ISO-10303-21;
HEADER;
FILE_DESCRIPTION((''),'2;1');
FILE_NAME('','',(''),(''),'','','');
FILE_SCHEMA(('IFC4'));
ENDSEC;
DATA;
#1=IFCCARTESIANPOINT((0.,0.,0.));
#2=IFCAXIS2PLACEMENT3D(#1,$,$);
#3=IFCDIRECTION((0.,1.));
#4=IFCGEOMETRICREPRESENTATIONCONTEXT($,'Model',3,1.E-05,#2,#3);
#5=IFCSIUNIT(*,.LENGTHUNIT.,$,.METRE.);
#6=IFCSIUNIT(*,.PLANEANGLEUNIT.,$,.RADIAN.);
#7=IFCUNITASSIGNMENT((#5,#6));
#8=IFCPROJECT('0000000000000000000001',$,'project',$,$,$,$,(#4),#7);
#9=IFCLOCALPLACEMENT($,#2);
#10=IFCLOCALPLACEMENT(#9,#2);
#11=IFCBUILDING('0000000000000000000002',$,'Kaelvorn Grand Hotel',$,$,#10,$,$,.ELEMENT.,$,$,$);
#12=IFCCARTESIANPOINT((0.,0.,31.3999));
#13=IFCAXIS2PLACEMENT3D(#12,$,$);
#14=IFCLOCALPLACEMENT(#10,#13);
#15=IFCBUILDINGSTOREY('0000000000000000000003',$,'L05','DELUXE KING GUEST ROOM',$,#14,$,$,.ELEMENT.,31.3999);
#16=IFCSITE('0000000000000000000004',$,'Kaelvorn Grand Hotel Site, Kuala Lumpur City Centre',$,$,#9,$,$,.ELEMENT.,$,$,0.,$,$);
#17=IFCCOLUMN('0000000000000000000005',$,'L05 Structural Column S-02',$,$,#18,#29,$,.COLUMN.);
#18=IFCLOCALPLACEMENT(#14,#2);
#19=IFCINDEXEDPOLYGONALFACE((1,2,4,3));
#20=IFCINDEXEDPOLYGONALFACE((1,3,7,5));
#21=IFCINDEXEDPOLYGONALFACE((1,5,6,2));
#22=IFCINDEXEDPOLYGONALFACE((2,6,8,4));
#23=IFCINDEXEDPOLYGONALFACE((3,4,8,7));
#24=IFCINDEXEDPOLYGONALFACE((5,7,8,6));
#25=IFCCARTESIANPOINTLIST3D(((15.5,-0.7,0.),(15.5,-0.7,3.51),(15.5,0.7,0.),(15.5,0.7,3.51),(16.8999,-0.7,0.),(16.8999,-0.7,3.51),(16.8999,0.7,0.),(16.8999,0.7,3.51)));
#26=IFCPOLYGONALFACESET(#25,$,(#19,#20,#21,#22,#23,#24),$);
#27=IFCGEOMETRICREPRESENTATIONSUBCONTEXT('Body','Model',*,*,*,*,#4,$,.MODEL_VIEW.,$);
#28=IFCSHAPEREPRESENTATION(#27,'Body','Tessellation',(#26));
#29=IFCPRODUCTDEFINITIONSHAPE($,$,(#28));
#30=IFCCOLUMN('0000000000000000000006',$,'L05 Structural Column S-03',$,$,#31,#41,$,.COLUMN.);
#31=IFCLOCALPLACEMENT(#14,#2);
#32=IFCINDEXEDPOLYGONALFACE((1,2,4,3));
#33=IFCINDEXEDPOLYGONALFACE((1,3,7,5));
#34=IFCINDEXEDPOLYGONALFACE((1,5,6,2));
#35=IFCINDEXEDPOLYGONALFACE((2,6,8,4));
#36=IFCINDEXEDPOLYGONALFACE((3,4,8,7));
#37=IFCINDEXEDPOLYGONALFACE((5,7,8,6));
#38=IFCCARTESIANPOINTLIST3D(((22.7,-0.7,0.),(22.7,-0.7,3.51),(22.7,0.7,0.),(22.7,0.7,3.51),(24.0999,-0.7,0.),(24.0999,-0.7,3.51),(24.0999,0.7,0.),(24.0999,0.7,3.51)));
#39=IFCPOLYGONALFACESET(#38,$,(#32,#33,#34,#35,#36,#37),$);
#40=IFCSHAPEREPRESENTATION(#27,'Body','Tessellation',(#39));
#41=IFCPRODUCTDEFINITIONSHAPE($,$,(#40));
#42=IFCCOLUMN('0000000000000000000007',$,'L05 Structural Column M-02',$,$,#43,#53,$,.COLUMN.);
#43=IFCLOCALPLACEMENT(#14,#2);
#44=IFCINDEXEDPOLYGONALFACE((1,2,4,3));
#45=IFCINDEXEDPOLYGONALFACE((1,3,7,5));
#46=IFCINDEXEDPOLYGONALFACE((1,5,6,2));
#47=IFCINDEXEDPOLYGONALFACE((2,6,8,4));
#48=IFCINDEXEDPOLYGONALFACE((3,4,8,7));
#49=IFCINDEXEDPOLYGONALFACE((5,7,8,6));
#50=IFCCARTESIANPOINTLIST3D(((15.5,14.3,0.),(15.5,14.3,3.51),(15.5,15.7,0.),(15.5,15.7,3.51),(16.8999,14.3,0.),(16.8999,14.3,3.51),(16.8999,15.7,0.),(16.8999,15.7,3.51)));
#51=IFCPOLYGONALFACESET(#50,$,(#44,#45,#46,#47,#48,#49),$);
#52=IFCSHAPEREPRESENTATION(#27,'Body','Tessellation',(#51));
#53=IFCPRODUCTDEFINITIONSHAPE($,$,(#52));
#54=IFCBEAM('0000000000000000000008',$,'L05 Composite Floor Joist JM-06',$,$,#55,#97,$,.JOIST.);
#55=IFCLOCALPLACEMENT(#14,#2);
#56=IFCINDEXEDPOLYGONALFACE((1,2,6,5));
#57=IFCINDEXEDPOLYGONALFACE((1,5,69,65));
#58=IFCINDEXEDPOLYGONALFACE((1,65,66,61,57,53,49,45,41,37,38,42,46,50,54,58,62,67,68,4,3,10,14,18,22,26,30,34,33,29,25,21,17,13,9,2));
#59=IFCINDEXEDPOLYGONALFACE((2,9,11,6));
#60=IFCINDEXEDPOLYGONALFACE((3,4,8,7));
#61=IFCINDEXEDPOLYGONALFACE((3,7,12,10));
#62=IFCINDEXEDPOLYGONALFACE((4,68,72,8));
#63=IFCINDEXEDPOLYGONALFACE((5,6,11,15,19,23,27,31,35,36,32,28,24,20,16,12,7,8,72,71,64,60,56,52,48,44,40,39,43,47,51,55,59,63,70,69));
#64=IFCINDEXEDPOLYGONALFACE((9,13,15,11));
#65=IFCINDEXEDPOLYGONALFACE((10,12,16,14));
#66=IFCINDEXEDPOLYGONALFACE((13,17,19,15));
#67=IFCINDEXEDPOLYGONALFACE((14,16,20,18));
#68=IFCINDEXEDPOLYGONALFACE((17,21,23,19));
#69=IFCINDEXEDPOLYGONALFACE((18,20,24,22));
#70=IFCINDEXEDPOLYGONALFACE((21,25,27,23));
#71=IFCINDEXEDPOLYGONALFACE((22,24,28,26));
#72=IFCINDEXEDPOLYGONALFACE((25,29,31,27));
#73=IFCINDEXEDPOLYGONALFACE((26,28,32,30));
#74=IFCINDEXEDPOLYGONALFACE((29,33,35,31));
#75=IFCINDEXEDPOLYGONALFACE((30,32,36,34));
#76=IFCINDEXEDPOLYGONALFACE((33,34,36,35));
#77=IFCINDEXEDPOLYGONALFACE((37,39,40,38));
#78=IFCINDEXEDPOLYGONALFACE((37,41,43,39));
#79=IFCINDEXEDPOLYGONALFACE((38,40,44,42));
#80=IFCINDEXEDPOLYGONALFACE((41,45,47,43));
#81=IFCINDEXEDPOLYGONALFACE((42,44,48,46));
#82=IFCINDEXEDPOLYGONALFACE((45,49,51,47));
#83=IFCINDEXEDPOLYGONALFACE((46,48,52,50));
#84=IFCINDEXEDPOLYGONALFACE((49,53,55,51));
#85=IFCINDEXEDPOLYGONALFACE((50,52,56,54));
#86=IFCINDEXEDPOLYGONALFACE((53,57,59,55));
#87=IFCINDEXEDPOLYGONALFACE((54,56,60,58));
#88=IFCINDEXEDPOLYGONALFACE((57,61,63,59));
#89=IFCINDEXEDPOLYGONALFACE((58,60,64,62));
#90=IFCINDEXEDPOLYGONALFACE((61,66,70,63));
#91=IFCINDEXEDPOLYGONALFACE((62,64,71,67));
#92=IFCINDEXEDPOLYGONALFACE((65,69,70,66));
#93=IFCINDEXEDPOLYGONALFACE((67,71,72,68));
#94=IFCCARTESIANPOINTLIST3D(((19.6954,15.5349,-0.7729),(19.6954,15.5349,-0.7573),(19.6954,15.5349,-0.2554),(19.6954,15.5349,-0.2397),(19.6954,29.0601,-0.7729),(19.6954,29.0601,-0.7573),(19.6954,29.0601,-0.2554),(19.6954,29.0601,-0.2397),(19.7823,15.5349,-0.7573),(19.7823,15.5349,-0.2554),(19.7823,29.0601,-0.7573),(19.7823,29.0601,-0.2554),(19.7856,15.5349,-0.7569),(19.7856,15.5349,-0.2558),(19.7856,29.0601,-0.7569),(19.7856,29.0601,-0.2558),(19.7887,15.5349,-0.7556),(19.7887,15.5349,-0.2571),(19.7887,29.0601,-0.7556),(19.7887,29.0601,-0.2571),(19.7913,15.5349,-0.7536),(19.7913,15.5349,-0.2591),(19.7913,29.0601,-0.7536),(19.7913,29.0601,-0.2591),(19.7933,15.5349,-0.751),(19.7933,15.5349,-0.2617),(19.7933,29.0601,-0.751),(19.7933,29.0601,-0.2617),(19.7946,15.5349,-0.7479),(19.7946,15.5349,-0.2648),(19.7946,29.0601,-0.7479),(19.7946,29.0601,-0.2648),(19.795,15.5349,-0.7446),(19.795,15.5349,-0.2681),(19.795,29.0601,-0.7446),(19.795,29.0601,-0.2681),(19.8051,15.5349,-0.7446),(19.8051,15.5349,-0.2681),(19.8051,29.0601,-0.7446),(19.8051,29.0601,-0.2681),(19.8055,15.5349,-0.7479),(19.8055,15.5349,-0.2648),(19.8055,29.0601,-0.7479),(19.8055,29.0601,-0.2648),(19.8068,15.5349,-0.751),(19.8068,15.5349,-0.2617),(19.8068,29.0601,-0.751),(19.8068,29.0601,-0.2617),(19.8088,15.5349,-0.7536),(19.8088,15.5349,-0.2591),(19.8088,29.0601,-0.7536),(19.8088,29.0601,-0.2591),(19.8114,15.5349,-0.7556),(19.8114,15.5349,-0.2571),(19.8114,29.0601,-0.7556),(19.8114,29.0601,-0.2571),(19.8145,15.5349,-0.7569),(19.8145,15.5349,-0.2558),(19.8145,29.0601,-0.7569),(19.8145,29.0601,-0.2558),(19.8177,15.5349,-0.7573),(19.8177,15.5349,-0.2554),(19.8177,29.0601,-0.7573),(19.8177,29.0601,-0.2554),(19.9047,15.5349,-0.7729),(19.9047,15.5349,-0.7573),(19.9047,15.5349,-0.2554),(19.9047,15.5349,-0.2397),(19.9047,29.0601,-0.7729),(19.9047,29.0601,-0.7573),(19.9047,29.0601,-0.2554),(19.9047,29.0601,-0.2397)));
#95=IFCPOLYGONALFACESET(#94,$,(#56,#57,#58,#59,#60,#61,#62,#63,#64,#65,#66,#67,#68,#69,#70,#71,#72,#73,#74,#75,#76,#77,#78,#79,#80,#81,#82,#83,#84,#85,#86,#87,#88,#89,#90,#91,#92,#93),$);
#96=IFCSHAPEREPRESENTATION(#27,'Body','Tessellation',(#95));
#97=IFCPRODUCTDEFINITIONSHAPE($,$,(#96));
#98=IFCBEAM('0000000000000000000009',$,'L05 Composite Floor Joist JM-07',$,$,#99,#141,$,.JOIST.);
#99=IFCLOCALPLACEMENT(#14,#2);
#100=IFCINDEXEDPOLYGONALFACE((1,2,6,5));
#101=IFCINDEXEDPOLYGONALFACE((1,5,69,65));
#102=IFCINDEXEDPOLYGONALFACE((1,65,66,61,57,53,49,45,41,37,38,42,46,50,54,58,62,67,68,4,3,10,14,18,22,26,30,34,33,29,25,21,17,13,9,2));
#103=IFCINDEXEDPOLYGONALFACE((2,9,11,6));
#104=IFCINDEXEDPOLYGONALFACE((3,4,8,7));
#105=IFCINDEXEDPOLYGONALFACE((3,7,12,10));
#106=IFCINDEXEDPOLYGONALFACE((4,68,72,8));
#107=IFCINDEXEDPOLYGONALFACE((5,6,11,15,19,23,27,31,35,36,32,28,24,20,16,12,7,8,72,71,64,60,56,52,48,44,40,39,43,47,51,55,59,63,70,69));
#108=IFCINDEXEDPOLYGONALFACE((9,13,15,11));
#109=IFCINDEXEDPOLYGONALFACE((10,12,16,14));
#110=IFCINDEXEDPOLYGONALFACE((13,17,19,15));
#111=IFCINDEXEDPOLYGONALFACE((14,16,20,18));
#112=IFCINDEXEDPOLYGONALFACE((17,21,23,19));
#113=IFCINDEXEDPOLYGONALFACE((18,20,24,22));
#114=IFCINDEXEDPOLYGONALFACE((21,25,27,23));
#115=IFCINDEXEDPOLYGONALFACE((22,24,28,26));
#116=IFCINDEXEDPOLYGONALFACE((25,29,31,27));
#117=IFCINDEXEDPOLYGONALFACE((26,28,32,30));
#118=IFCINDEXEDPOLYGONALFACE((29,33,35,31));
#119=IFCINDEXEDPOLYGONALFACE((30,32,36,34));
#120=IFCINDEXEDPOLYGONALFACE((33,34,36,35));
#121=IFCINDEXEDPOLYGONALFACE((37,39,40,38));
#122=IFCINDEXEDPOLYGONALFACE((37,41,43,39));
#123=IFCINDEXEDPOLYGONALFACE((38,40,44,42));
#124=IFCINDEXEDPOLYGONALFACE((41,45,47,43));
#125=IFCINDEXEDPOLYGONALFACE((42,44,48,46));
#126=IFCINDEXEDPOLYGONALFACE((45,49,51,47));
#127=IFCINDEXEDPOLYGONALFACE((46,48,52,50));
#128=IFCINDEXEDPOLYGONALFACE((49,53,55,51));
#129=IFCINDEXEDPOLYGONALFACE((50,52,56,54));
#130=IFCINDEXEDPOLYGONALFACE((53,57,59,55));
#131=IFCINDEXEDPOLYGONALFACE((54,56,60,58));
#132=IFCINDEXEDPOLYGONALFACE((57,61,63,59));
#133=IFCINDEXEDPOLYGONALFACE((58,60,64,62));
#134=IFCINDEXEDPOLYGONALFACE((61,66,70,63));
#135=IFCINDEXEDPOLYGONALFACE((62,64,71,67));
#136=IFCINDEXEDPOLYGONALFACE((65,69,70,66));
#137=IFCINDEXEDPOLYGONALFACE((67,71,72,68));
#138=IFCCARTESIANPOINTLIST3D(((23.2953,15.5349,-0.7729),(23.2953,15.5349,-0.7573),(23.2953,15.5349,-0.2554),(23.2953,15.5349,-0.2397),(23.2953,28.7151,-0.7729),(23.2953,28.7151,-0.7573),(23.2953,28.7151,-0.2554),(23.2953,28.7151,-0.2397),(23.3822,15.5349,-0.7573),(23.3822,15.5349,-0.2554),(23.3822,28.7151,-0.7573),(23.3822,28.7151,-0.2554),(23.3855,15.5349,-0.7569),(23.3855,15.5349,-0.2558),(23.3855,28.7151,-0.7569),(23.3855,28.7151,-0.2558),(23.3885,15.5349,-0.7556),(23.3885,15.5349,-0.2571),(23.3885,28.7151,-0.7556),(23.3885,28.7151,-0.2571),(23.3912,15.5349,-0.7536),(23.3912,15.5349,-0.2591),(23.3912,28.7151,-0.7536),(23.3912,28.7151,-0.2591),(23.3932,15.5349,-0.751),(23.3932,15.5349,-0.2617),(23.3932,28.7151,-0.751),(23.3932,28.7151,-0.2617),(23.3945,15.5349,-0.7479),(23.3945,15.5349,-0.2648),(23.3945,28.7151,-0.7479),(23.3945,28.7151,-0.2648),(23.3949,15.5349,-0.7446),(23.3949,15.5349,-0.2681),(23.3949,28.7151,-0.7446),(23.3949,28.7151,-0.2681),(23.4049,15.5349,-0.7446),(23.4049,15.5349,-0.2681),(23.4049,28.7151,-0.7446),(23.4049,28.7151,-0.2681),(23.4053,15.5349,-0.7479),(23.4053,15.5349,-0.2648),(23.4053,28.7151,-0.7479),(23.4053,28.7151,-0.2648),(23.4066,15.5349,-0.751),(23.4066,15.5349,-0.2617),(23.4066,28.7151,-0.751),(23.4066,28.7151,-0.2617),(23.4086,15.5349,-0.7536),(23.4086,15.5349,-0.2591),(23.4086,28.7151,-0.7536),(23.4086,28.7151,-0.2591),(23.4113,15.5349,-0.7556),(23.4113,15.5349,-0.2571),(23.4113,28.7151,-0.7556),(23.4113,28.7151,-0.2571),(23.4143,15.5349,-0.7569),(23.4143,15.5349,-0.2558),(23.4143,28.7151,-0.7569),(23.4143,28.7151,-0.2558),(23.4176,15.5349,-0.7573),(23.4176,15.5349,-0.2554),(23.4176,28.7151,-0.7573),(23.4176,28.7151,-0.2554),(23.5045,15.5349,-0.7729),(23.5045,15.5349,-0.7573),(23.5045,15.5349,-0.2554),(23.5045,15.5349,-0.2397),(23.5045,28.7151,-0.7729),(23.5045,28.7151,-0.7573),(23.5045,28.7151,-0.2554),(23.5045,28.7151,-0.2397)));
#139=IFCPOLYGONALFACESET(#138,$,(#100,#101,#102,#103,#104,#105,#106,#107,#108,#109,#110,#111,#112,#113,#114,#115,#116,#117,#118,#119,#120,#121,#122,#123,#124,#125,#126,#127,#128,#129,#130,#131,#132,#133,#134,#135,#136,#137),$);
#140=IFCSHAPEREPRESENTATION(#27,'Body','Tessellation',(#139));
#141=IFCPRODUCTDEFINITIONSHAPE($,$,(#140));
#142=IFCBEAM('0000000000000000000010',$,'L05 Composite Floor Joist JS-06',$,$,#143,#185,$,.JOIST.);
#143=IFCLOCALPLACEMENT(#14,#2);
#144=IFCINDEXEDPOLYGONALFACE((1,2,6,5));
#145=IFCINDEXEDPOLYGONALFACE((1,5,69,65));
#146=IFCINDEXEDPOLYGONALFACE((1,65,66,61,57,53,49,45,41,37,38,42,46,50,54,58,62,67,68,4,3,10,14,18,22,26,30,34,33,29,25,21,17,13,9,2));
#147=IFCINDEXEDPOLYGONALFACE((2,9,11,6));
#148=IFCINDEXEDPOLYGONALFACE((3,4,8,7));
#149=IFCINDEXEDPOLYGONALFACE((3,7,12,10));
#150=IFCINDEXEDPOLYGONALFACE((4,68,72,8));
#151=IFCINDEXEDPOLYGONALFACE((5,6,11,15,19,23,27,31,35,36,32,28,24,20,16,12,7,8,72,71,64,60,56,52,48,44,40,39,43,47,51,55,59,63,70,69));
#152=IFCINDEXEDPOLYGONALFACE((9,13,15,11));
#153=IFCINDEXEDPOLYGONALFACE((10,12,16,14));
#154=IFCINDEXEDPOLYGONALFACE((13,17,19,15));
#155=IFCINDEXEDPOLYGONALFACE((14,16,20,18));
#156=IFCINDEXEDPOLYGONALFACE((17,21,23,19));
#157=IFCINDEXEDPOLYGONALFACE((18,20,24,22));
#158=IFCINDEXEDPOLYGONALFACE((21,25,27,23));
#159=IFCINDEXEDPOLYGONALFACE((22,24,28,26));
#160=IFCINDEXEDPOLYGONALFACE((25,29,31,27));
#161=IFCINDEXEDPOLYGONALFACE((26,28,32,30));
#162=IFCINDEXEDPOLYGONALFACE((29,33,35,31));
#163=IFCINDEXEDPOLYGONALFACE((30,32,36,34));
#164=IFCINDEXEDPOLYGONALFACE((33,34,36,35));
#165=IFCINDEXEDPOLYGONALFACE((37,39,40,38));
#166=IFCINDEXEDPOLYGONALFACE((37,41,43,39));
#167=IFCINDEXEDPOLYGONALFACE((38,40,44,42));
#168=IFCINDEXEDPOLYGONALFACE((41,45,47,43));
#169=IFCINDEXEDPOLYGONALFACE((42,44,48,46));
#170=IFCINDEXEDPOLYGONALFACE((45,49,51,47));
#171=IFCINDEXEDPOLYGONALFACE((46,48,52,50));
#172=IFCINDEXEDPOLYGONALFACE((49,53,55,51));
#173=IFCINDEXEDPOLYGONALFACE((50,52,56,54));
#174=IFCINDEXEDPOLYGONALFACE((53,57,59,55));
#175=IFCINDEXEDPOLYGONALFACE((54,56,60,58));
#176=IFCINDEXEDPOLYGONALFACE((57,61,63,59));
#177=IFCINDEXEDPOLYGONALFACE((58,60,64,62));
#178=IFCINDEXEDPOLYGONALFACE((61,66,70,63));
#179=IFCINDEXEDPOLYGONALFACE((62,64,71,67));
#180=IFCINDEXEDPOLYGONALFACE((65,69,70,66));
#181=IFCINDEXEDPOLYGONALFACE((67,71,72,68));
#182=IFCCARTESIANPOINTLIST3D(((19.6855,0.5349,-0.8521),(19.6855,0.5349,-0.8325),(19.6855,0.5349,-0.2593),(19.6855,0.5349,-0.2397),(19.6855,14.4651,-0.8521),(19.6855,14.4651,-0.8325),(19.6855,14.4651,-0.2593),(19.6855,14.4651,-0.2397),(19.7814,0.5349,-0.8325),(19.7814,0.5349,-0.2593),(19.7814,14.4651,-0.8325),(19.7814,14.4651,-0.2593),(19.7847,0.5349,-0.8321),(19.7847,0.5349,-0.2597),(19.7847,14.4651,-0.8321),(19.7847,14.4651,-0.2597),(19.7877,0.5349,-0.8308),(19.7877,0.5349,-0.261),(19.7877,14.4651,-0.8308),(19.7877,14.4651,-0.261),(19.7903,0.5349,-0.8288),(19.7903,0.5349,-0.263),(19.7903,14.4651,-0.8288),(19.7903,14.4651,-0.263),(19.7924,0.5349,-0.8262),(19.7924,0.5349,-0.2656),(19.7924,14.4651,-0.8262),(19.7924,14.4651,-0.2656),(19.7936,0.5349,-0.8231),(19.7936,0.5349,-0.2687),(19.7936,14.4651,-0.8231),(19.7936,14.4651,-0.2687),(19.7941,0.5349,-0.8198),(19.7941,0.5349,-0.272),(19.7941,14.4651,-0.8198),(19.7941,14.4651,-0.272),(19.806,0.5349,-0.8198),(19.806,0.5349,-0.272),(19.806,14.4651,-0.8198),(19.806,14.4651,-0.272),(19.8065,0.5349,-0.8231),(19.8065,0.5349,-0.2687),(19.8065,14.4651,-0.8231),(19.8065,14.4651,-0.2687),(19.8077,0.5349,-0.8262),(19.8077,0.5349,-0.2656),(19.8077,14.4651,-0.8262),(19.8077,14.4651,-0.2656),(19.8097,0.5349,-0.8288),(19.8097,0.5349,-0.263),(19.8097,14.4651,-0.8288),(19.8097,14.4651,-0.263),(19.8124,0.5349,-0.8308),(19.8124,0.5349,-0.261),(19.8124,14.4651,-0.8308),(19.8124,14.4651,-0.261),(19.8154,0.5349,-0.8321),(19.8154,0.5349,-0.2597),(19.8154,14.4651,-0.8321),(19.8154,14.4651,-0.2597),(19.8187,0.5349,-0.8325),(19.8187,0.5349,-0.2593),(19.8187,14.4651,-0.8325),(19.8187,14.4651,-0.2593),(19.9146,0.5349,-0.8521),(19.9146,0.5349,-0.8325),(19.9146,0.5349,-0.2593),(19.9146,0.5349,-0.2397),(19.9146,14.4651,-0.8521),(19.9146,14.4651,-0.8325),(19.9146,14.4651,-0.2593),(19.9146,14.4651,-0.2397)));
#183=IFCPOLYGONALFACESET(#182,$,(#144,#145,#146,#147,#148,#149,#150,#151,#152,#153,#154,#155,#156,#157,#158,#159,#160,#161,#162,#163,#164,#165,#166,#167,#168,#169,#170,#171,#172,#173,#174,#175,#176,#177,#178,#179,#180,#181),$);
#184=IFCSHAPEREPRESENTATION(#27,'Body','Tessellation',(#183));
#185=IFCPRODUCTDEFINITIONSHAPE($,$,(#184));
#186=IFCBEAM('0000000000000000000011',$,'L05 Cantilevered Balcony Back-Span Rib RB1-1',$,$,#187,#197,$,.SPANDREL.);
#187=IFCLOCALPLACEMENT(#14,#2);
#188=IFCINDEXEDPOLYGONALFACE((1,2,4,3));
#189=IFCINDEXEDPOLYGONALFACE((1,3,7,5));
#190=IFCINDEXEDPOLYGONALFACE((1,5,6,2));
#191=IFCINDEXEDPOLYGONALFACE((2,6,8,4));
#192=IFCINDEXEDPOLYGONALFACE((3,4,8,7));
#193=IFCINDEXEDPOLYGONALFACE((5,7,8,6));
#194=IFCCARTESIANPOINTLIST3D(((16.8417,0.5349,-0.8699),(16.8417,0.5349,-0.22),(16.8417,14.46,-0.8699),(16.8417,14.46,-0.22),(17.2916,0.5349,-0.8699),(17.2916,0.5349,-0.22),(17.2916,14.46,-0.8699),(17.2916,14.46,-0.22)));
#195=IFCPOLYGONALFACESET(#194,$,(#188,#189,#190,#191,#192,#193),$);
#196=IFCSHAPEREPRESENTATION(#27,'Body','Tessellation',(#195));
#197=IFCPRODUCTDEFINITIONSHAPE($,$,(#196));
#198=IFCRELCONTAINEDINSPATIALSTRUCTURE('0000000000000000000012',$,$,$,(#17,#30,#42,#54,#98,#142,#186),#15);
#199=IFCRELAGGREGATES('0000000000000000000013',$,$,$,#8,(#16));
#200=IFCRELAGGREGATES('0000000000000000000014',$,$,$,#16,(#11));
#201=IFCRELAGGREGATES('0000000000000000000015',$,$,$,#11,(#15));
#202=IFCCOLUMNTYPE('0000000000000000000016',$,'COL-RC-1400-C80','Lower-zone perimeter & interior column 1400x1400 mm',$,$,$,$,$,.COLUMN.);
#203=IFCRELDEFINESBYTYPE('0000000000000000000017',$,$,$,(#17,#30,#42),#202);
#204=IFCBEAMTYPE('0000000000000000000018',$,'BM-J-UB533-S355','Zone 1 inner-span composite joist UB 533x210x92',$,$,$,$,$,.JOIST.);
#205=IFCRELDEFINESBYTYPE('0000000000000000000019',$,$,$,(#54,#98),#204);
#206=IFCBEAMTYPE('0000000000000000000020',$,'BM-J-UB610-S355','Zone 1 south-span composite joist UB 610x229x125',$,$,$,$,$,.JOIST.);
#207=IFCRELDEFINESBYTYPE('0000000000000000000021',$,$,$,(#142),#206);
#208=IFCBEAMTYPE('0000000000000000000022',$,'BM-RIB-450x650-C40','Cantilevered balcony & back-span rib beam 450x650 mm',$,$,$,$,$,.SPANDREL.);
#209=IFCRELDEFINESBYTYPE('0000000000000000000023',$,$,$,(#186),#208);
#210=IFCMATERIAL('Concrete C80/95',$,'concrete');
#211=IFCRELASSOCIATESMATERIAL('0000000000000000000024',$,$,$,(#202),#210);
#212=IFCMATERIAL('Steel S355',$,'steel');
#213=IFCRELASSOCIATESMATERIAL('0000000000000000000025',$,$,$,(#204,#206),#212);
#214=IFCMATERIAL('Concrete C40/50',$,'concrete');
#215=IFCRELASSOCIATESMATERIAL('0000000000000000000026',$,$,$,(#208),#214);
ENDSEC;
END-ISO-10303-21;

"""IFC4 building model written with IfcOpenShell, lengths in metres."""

from ifc_helpers import new_model, si_unit, direction, frame, origin, origin_2d, place, context, subcontext, project, spatial, rectangle, i_section, extrude, material, material_profile, profile_set, type_object, element, save


model = new_model("IFC4")

# Units and contexts
model_context = context("Model", 3, precision=1e-05, world=origin(), true_north=direction((0.0, 1.0)))
body_context = subcontext(model_context, "Body", "Model", "MODEL_VIEW")
ifc_project = project(units=[si_unit("LENGTHUNIT", "METRE"), si_unit("PLANEANGLEUNIT", "RADIAN")], contexts=[model_context])

# Site, building, storey
site_placement = place(None, origin())
site = spatial("IfcSite", under=ifc_project, at=site_placement, Name="Kaelvorn Grand Hotel Site, Kuala Lumpur City Centre", CompositionType="ELEMENT", RefElevation=0.0)
building_placement = place(site_placement, origin())
building = spatial("IfcBuilding", under=site, at=building_placement, Name="Kaelvorn Grand Hotel", CompositionType="ELEMENT")
storey_placement = place(building_placement, frame((0.0, 0.0, 31.3999)))
storey = spatial("IfcBuildingStorey", under=building, at=storey_placement, Name="L05", Description="DELUXE KING GUEST ROOM", CompositionType="ELEMENT", Elevation=31.3999)

# Columns
ifc_material_1 = material(Name="Concrete C80/95", Category="concrete")
ifc_material_profile_1 = material_profile(ifc_material_1, rectangle(XDim=1.3999, YDim=1.3999, at=origin_2d()), Name="RC COL 1400x1400")
ifc_profile_set_1 = profile_set([ifc_material_profile_1], Name="Concrete C80/95")
column_type = type_object("IfcColumnType", Name="COL-RC-1400-C80", Description="Lower-zone perimeter & interior column 1400x1400 mm", PredefinedType="COLUMN", material=ifc_profile_set_1)
for number, where, z_axis, x_axis, name in (
    (1, (16.2, 0.0, 0.0), (0.0, 0.0, 1.0), (1.0, 0.0, 0.0), "L05 Structural Column S-02"),
    (2, (23.3999, 0.0, 0.0), (0.0, 0.0, 1.0), (1.0, 0.0, 0.0), "L05 Structural Column S-03"),
    (3, (16.2, 15.0, 0.0), (0.0, 0.0, 1.0), (1.0, 0.0, 0.0), "L05 Structural Column M-02"),
):
    element("IfcColumn", number, at=place(storey_placement, frame(where, z_axis=z_axis, x_axis=x_axis)), inside=storey, type_object=column_type, Name=name, PredefinedType="COLUMN", context=body_context, shape_type="SweptSolid", body=[
        extrude(rectangle(XDim=1.3999, YDim=1.3999, at=origin_2d()), origin(), (0.0, 0.0, 1.0), 3.51),
    ])

# Beams
ifc_material_2 = material(Name="Steel S355", Category="steel")
ifc_material_profile_2 = material_profile(ifc_material_2, i_section(OverallWidth=0.2092, OverallDepth=0.5332, WebThickness=0.01, FlangeThickness=0.0156, FilletRadius=0.0127, at=origin_2d()), Name="UB 533x210x92")
ifc_profile_set_2 = profile_set([ifc_material_profile_2], Name="Steel S355")
beam_type_1 = type_object("IfcBeamType", Name="BM-J-UB533-S355", Description="Zone 1 inner-span composite joist UB 533x210x92", PredefinedType="JOIST", material=ifc_profile_set_2)
beam_1_placement = place(storey_placement, frame((19.8, 15.5349, -0.5063), z_axis=(0.0, 1.0, 0.0), x_axis=(-1.0, 0.0, 0.0)))
element("IfcBeam", 4, at=beam_1_placement, inside=storey, type_object=beam_type_1, Name="L05 Composite Floor Joist JM-06", PredefinedType="JOIST", context=body_context, shape_type="SweptSolid", body=[
    extrude(i_section(OverallWidth=0.2092, OverallDepth=0.5332, WebThickness=0.01, FlangeThickness=0.0156, FilletRadius=0.0127, at=origin_2d()), origin(), (0.0, 0.0, 1.0), 13.5251),
])
beam_2_placement = place(storey_placement, frame((23.3999, 15.5349, -0.5063), z_axis=(0.0, 1.0, 0.0), x_axis=(-1.0, 0.0, 0.0)))
element("IfcBeam", 5, at=beam_2_placement, inside=storey, type_object=beam_type_1, Name="L05 Composite Floor Joist JM-07", PredefinedType="JOIST", context=body_context, shape_type="SweptSolid", body=[
    extrude(i_section(OverallWidth=0.2092, OverallDepth=0.5332, WebThickness=0.01, FlangeThickness=0.0156, FilletRadius=0.0127, at=origin_2d()), origin(), (0.0, 0.0, 1.0), 13.1802),
])
ifc_material_profile_3 = material_profile(ifc_material_2, i_section(OverallWidth=0.229, OverallDepth=0.6123, WebThickness=0.012, FlangeThickness=0.0195, FilletRadius=0.0127, at=origin_2d()), Name="UB 610x229x125")
ifc_profile_set_3 = profile_set([ifc_material_profile_3], Name="Steel S355")
beam_type_2 = type_object("IfcBeamType", Name="BM-J-UB610-S355", Description="Zone 1 south-span composite joist UB 610x229x125", PredefinedType="JOIST", material=ifc_profile_set_3)
beam_3_placement = place(storey_placement, frame((19.8, 0.5349, -0.5459), z_axis=(0.0, 1.0, 0.0), x_axis=(-1.0, 0.0, 0.0)))
element("IfcBeam", 6, at=beam_3_placement, inside=storey, type_object=beam_type_2, Name="L05 Composite Floor Joist JS-06", PredefinedType="JOIST", context=body_context, shape_type="SweptSolid", body=[
    extrude(i_section(OverallWidth=0.229, OverallDepth=0.6123, WebThickness=0.012, FlangeThickness=0.0195, FilletRadius=0.0127, at=origin_2d()), origin(), (0.0, 0.0, 1.0), 13.9302),
])
ifc_material_3 = material(Name="Concrete C40/50", Category="concrete")
ifc_material_profile_4 = material_profile(ifc_material_3, rectangle(XDim=0.45, YDim=0.6499, at=origin_2d()), Name="RC RIB 450x650")
ifc_profile_set_4 = profile_set([ifc_material_profile_4], Name="Concrete C40/50")
beam_type_3 = type_object("IfcBeamType", Name="BM-RIB-450x650-C40", Description="Cantilevered balcony & back-span rib beam 450x650 mm", PredefinedType="SPANDREL", material=ifc_profile_set_4)
beam_4_placement = place(storey_placement, frame((17.0667, 0.5349, -0.5449), z_axis=(0.0, 1.0, 0.0), x_axis=(-1.0, 0.0, 0.0)))
element("IfcBeam", 7, at=beam_4_placement, inside=storey, type_object=beam_type_3, Name="L05 Cantilevered Balcony Back-Span Rib RB1-1", PredefinedType="SPANDREL", context=body_context, shape_type="SweptSolid", body=[
    extrude(rectangle(XDim=0.45, YDim=0.6499, at=origin_2d()), origin(), (0.0, 0.0, 1.0), 13.925),
])

save(model, "model.ifc")
